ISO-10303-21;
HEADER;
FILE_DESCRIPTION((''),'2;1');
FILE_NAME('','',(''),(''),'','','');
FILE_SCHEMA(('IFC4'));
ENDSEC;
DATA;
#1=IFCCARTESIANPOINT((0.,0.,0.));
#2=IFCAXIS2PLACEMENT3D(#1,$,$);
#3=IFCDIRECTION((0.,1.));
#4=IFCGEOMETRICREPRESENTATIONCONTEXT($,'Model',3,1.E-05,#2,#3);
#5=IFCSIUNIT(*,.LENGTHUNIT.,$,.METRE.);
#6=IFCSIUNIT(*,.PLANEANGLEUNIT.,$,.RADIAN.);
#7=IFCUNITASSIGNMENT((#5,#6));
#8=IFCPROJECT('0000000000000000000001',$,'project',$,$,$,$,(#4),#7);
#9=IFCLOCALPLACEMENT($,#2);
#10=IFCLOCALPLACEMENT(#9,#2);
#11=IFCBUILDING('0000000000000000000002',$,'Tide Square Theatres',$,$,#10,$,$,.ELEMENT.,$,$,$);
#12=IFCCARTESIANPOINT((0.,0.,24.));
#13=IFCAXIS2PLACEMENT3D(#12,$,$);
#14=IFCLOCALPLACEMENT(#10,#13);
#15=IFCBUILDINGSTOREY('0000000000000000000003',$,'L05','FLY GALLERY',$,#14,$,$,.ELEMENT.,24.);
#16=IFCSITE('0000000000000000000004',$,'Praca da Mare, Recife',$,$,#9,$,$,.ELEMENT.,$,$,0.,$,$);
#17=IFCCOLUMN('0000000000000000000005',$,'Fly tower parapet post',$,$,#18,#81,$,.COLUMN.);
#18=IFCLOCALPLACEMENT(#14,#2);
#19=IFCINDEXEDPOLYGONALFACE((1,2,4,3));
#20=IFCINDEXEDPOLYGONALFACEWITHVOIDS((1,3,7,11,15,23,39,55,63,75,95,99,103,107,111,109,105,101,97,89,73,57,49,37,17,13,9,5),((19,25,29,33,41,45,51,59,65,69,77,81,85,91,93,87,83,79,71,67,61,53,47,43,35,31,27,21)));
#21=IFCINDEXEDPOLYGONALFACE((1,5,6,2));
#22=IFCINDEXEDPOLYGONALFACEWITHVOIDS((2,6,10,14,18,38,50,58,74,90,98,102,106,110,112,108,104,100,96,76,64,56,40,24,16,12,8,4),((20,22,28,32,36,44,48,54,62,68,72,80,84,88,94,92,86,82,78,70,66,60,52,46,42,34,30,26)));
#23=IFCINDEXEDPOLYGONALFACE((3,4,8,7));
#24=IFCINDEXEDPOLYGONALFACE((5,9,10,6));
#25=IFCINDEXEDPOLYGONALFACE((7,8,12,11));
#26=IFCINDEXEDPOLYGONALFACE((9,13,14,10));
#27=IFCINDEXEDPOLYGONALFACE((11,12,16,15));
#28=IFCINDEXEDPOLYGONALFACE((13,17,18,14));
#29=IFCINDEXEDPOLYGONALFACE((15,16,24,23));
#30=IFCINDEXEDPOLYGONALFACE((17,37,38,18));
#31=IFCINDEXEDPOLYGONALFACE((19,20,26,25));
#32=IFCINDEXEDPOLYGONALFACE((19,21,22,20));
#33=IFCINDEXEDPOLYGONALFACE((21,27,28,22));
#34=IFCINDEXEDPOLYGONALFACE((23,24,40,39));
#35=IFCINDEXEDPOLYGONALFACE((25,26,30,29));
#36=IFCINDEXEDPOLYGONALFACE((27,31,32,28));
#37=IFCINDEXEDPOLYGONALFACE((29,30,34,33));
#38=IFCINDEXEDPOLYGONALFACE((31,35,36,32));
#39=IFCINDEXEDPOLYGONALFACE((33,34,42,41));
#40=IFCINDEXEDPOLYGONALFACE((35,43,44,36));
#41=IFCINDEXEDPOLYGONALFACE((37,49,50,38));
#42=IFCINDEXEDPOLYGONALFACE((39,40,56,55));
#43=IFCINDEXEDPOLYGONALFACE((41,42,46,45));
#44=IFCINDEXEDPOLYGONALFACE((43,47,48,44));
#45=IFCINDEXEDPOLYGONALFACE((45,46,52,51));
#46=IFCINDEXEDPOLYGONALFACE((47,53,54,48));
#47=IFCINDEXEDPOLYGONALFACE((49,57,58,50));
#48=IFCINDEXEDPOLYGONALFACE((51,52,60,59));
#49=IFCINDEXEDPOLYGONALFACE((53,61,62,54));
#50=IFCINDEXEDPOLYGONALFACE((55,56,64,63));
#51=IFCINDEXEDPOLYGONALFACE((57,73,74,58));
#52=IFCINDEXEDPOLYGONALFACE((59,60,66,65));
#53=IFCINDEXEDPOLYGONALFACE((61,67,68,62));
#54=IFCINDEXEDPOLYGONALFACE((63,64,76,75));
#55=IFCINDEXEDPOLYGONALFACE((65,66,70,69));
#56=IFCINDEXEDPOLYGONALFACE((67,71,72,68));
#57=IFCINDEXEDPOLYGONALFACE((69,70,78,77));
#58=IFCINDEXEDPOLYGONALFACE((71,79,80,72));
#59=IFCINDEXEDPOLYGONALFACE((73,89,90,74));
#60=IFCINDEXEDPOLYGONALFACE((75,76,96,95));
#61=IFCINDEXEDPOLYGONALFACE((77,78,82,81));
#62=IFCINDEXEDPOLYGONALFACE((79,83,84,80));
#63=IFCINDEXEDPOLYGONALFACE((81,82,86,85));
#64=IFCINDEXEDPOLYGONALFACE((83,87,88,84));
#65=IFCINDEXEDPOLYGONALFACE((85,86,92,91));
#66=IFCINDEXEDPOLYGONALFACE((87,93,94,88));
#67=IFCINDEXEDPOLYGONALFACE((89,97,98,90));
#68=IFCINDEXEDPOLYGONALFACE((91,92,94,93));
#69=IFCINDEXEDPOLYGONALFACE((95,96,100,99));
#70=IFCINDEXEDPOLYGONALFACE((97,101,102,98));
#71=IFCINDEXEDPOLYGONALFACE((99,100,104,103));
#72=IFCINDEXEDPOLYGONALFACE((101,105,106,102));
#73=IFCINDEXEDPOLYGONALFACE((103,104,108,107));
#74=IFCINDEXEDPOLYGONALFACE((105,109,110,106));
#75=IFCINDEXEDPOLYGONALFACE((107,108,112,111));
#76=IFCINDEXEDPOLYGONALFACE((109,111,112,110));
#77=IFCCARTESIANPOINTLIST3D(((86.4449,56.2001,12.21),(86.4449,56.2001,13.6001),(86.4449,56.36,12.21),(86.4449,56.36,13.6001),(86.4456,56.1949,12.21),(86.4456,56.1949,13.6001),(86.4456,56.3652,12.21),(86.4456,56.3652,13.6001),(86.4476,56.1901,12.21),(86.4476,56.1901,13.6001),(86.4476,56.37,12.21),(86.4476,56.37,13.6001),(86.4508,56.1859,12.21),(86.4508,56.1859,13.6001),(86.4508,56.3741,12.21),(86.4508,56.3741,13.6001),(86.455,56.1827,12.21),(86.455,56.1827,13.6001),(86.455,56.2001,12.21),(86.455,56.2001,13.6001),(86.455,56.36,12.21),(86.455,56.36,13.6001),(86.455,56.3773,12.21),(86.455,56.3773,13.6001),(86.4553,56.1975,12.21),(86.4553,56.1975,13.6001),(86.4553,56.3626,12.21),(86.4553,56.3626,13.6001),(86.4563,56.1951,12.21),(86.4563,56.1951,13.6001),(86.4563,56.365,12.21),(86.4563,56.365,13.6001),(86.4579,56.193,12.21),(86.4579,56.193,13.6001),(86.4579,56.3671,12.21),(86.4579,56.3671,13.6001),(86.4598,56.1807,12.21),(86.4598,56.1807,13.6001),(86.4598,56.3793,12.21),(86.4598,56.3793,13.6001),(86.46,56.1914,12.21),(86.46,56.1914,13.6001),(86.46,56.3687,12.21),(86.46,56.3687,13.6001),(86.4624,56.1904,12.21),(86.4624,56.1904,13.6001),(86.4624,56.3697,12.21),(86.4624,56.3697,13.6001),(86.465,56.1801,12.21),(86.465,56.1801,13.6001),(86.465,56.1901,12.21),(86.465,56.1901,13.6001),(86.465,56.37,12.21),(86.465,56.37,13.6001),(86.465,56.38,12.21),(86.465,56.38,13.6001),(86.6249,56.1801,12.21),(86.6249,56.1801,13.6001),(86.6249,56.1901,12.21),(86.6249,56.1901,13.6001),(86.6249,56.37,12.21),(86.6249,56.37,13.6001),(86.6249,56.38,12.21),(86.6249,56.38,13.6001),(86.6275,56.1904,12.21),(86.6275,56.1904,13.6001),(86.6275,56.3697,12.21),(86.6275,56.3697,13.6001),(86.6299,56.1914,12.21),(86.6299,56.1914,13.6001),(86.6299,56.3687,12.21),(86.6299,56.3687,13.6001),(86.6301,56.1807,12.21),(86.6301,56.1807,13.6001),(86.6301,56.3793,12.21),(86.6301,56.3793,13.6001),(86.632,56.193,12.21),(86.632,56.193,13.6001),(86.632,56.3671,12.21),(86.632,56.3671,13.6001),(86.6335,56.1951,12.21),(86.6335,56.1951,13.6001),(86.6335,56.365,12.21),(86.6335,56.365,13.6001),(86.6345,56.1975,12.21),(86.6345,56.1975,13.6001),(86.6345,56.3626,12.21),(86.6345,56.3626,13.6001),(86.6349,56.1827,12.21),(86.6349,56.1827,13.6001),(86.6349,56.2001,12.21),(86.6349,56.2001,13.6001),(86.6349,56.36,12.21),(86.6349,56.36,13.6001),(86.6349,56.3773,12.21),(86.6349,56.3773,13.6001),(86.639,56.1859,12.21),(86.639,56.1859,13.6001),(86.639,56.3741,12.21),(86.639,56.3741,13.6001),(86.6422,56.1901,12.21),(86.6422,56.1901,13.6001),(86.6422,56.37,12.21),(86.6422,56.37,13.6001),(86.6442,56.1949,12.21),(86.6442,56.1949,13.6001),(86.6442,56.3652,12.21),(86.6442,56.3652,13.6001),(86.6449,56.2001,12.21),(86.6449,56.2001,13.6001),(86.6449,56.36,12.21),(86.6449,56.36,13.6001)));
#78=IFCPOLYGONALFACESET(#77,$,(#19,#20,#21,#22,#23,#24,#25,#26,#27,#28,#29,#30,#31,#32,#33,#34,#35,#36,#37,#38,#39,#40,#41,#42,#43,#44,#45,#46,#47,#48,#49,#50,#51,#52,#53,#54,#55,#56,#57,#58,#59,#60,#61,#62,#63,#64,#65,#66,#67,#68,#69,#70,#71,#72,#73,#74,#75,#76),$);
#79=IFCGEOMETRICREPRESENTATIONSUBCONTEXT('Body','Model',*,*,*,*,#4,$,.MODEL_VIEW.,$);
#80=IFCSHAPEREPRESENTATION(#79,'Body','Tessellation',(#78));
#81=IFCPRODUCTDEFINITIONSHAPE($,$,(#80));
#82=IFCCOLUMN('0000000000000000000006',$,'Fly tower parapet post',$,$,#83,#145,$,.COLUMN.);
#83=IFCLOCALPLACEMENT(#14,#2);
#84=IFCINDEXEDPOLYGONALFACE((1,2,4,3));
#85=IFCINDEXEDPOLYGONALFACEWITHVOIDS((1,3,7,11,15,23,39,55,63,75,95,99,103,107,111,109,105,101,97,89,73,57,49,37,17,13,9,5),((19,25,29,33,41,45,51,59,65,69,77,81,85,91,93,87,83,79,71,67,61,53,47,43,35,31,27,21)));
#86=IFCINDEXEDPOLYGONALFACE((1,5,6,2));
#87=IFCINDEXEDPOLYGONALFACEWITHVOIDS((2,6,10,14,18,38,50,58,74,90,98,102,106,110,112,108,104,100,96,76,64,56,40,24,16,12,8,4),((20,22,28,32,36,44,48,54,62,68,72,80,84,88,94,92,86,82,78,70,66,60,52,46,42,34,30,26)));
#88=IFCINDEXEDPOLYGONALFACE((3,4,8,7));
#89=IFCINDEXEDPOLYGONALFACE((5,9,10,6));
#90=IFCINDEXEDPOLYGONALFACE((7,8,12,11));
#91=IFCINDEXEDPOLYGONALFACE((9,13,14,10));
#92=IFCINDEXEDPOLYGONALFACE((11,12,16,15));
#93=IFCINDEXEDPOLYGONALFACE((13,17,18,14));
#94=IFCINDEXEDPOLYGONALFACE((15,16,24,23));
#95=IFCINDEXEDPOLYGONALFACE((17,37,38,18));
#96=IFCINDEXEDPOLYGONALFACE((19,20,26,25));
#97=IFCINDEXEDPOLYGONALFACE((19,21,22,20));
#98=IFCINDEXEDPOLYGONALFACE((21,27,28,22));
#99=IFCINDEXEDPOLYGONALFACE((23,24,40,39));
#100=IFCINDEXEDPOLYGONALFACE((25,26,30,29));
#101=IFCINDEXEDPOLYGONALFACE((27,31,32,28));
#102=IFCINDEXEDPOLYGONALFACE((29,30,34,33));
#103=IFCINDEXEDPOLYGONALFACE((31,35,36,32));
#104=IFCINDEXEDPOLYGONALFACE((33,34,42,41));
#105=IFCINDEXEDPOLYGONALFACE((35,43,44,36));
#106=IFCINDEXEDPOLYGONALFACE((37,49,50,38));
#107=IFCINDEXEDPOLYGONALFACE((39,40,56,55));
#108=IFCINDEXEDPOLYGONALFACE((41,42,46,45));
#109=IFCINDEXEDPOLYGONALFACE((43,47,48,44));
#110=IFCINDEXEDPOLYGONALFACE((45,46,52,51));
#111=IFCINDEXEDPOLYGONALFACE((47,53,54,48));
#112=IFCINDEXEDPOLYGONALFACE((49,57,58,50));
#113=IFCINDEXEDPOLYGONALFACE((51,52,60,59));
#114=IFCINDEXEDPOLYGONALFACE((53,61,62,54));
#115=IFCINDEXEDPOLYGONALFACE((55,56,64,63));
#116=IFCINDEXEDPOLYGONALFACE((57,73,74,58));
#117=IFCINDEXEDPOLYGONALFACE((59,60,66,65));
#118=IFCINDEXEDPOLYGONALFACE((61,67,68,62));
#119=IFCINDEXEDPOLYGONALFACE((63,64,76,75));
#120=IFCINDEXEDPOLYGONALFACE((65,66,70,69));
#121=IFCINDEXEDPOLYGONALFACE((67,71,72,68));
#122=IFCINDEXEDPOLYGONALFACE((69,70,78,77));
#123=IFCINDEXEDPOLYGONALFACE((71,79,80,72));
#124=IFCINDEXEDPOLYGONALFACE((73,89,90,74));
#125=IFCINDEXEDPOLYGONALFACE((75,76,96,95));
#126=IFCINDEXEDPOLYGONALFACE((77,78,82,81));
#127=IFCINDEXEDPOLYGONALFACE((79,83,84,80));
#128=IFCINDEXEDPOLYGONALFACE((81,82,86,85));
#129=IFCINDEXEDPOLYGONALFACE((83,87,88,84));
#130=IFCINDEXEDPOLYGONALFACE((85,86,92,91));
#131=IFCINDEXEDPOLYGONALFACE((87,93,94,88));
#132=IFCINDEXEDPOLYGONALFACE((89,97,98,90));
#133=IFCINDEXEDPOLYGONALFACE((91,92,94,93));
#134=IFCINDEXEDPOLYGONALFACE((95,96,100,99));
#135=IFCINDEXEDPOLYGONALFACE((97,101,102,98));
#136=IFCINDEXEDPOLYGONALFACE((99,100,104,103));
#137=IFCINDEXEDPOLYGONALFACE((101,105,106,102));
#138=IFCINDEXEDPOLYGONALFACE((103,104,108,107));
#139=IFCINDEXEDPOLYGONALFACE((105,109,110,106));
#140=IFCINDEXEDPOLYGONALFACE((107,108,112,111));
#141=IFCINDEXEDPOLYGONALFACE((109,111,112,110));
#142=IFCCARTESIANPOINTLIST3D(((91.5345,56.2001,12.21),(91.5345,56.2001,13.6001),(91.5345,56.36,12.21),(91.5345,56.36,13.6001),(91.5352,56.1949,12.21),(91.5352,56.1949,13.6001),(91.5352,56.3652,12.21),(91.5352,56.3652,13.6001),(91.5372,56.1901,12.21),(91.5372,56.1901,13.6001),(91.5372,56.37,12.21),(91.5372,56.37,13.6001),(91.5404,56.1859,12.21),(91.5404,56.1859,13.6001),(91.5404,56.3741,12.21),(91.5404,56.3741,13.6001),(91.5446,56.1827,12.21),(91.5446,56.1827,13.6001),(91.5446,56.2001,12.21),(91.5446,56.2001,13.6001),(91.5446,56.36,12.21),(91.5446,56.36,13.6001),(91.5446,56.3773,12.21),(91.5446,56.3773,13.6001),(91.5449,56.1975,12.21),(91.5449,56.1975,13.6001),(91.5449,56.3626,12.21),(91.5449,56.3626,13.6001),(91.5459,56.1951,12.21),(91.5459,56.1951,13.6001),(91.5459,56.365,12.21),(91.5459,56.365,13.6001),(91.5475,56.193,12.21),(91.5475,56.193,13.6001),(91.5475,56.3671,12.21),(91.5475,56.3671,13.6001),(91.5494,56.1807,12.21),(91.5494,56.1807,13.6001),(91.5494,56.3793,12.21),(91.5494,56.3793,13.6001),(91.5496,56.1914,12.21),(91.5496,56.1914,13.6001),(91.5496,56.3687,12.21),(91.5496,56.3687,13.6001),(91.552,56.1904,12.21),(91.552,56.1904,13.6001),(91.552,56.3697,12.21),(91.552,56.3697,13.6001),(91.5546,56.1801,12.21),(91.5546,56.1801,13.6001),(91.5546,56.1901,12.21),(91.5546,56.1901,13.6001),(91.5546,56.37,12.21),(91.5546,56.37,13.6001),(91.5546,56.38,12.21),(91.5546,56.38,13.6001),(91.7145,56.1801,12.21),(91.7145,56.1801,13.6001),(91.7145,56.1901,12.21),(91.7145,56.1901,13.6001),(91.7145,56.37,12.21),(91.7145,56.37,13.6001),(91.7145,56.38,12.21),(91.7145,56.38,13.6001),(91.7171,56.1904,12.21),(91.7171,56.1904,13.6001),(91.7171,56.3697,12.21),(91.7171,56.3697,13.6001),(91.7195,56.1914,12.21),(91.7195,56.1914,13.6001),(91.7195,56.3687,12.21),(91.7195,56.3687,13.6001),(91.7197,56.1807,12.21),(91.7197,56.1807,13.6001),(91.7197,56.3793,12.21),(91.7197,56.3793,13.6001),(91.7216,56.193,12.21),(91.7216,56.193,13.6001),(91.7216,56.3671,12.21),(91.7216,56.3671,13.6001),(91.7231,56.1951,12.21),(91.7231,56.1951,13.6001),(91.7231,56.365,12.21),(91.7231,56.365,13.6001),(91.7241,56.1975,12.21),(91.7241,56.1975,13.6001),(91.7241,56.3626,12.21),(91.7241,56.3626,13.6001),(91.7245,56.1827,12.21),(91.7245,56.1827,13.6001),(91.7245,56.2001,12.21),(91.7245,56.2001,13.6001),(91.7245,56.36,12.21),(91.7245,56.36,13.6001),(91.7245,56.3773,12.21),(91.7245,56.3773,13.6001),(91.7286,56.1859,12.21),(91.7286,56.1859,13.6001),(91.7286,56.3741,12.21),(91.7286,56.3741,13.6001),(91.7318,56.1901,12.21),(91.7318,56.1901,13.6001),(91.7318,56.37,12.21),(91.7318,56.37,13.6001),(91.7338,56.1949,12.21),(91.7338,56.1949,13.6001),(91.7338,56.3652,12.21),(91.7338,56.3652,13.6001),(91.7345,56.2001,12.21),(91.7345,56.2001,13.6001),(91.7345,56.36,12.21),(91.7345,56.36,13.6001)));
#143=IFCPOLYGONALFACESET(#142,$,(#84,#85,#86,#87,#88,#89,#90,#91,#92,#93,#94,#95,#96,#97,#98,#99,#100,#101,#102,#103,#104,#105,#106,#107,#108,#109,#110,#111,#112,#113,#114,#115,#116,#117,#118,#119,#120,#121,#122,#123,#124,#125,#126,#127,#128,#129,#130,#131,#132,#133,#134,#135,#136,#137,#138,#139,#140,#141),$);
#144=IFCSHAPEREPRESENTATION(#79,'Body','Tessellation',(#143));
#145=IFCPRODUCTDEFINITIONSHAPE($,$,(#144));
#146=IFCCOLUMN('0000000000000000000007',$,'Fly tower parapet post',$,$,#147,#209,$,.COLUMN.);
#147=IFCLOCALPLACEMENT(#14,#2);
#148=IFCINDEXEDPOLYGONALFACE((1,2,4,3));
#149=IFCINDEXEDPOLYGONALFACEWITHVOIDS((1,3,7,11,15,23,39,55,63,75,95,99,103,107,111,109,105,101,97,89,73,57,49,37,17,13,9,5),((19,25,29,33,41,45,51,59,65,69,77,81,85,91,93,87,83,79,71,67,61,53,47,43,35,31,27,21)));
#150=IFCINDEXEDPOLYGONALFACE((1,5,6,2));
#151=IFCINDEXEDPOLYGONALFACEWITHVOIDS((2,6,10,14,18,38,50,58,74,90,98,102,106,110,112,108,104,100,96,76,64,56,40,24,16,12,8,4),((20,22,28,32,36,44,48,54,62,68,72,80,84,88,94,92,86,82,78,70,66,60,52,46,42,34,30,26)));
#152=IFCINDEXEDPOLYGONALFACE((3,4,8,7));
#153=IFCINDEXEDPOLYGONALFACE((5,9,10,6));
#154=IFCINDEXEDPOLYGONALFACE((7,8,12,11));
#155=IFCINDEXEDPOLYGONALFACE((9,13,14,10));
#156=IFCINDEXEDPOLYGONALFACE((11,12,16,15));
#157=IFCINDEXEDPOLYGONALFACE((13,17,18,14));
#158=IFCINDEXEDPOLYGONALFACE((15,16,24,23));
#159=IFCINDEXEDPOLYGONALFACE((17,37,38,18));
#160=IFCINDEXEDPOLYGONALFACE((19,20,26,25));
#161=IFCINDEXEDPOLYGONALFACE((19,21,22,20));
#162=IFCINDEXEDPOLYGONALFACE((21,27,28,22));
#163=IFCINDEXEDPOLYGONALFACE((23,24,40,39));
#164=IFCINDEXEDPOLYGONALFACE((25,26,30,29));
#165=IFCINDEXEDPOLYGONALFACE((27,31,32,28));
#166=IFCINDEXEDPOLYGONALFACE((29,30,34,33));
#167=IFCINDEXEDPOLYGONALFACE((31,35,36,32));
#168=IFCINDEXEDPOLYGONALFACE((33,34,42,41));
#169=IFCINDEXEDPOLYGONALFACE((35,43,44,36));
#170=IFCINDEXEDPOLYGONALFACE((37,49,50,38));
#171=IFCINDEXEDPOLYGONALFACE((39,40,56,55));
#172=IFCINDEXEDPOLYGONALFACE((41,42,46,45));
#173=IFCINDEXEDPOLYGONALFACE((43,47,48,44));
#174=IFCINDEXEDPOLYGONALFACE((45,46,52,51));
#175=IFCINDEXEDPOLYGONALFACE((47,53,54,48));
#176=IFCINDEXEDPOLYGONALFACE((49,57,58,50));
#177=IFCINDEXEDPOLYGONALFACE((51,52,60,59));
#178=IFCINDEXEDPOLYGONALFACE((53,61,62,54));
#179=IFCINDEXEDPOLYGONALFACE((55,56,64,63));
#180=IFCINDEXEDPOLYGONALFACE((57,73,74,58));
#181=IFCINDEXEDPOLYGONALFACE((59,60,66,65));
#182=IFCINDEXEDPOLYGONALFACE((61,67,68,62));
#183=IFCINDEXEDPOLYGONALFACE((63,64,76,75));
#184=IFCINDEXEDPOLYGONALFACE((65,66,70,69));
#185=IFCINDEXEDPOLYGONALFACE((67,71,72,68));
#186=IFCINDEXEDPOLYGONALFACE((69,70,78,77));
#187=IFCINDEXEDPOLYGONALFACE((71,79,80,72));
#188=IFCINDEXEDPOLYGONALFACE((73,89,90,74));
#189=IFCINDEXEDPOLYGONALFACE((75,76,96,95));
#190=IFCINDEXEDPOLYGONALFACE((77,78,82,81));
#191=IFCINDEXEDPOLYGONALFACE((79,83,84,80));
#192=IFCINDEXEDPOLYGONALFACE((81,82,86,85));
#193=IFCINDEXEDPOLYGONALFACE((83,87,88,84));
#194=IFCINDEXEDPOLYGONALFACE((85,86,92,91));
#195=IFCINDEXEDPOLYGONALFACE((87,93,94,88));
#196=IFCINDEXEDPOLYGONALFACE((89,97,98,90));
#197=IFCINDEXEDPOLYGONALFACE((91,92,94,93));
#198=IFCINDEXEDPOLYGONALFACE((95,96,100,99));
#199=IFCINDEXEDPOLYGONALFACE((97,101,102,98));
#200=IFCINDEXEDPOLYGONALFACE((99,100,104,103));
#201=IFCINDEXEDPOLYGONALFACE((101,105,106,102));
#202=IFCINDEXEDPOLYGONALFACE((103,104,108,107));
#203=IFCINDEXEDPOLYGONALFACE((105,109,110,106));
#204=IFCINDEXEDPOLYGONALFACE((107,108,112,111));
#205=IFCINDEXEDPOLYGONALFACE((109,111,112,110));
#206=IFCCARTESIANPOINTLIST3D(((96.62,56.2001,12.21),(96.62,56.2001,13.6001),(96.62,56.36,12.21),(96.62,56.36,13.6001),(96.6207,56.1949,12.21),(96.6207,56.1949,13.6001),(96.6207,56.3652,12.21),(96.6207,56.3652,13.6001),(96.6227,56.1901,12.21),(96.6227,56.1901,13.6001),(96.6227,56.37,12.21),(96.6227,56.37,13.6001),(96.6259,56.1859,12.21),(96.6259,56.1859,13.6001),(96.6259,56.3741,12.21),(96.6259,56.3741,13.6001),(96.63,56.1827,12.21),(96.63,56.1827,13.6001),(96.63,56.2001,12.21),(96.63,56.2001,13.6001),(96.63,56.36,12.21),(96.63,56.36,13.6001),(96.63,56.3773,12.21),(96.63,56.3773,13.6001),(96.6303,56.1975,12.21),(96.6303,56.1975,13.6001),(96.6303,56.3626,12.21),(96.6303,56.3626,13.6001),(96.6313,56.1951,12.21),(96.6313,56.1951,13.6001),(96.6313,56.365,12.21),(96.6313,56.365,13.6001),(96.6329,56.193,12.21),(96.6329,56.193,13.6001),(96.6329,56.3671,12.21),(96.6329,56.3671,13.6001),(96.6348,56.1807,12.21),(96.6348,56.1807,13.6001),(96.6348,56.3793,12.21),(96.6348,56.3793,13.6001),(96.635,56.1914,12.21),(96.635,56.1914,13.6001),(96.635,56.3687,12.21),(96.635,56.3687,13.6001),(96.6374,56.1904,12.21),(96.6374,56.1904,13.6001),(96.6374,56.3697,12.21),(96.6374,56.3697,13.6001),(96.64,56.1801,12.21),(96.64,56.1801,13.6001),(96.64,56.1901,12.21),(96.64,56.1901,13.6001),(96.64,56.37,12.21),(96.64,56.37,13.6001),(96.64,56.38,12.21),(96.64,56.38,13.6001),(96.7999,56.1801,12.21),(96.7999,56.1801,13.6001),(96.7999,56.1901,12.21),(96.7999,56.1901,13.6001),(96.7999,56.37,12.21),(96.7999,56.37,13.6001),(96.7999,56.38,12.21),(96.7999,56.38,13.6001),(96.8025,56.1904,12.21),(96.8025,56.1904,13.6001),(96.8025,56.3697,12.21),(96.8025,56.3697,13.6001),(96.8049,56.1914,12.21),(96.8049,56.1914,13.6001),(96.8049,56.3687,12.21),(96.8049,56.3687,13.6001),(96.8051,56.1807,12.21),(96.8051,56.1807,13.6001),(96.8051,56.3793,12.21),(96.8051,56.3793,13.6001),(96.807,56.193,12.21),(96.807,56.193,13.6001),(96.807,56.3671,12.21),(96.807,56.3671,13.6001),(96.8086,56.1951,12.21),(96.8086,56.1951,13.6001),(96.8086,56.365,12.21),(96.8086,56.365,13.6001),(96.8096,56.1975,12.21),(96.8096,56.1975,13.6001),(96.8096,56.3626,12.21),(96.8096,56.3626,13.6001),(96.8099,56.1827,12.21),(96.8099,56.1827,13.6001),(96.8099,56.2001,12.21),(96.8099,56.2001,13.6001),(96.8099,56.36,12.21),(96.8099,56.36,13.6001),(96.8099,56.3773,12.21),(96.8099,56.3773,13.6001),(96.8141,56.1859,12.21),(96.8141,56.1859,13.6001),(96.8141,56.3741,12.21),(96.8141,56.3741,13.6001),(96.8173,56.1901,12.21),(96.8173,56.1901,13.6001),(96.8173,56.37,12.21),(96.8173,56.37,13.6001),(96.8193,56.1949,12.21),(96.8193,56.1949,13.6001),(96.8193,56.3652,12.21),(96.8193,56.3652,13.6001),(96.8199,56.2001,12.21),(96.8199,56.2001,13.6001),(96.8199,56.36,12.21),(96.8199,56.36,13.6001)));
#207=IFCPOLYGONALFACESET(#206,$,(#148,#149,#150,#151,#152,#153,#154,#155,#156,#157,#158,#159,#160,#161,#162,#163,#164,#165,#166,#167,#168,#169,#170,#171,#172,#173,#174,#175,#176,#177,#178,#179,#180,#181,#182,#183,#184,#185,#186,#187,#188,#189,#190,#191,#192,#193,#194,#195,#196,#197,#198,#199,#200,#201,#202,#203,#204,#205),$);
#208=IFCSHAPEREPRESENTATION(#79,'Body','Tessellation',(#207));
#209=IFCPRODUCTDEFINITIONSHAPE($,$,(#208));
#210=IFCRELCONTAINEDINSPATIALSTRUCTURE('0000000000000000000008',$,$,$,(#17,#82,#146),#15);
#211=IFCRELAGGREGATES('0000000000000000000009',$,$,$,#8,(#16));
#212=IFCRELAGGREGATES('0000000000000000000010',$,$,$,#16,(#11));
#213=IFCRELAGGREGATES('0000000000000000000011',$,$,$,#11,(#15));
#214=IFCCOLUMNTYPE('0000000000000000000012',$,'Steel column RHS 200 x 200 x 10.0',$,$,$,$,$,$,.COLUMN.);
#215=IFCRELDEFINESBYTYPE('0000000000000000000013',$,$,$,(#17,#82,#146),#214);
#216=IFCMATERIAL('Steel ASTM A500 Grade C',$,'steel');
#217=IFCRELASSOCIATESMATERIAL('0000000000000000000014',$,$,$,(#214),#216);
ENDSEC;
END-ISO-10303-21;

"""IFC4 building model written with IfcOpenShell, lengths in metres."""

from ifc_helpers import new_model, si_unit, direction, frame, origin, origin_2d, place, context, subcontext, project, spatial, hollow_rectangle, extrude, material, material_profile, profile_set, type_object, element, save


model = new_model("IFC4")

# Units and contexts
model_context = context("Model", 3, precision=1e-05, world=origin(), true_north=direction((0.0, 1.0)))
body_context = subcontext(model_context, "Body", "Model", "MODEL_VIEW")
ifc_project = project(units=[si_unit("LENGTHUNIT", "METRE"), si_unit("PLANEANGLEUNIT", "RADIAN")], contexts=[model_context])

# Site, building, storey
site_placement = place(None, origin())
site = spatial("IfcSite", under=ifc_project, at=site_placement, Name="Praca da Mare, Recife", CompositionType="ELEMENT", RefElevation=0.0)
building_placement = place(site_placement, origin())
building = spatial("IfcBuilding", under=site, at=building_placement, Name="Tide Square Theatres", CompositionType="ELEMENT")
storey_placement = place(building_placement, frame((0.0, 0.0, 24.0)))
storey = spatial("IfcBuildingStorey", under=building, at=storey_placement, Name="L05", Description="FLY GALLERY", CompositionType="ELEMENT", Elevation=24.0)

# Columns
ifc_material_1 = material(Name="Steel ASTM A500 Grade C", Category="steel")
ifc_material_profile_1 = material_profile(ifc_material_1, hollow_rectangle(XDim=0.2, YDim=0.2, WallThickness=0.01, InnerFilletRadius=0.01, OuterFilletRadius=0.02, at=origin_2d()))
ifc_profile_set_1 = profile_set([ifc_material_profile_1], Name="Steel ASTM A500 Grade C")
column_type = type_object("IfcColumnType", Name="Steel column RHS 200 x 200 x 10.0", PredefinedType="COLUMN", material=ifc_profile_set_1)
for number, where, z_axis, x_axis, name in (
    (1, (86.5449, 56.28, 12.21), (0.0, 0.0, 1.0), (1.0, 0.0, 0.0), "Fly tower parapet post"),
    (2, (91.6345, 56.28, 12.21), (0.0, 0.0, 1.0), (1.0, 0.0, 0.0), "Fly tower parapet post"),
    (3, (96.72, 56.28, 12.21), (0.0, 0.0, 1.0), (1.0, 0.0, 0.0), "Fly tower parapet post"),
):
    element("IfcColumn", number, at=place(storey_placement, frame(where, z_axis=z_axis, x_axis=x_axis)), inside=storey, type_object=column_type, Name=name, PredefinedType="COLUMN", context=body_context, shape_type="SweptSolid", body=[
        extrude(hollow_rectangle(XDim=0.2, YDim=0.2, WallThickness=0.01, InnerFilletRadius=0.01, OuterFilletRadius=0.02, at=origin_2d()), origin(), (0.0, 0.0, 1.0), 1.3901),
    ])

save(model, "model.ifc")
